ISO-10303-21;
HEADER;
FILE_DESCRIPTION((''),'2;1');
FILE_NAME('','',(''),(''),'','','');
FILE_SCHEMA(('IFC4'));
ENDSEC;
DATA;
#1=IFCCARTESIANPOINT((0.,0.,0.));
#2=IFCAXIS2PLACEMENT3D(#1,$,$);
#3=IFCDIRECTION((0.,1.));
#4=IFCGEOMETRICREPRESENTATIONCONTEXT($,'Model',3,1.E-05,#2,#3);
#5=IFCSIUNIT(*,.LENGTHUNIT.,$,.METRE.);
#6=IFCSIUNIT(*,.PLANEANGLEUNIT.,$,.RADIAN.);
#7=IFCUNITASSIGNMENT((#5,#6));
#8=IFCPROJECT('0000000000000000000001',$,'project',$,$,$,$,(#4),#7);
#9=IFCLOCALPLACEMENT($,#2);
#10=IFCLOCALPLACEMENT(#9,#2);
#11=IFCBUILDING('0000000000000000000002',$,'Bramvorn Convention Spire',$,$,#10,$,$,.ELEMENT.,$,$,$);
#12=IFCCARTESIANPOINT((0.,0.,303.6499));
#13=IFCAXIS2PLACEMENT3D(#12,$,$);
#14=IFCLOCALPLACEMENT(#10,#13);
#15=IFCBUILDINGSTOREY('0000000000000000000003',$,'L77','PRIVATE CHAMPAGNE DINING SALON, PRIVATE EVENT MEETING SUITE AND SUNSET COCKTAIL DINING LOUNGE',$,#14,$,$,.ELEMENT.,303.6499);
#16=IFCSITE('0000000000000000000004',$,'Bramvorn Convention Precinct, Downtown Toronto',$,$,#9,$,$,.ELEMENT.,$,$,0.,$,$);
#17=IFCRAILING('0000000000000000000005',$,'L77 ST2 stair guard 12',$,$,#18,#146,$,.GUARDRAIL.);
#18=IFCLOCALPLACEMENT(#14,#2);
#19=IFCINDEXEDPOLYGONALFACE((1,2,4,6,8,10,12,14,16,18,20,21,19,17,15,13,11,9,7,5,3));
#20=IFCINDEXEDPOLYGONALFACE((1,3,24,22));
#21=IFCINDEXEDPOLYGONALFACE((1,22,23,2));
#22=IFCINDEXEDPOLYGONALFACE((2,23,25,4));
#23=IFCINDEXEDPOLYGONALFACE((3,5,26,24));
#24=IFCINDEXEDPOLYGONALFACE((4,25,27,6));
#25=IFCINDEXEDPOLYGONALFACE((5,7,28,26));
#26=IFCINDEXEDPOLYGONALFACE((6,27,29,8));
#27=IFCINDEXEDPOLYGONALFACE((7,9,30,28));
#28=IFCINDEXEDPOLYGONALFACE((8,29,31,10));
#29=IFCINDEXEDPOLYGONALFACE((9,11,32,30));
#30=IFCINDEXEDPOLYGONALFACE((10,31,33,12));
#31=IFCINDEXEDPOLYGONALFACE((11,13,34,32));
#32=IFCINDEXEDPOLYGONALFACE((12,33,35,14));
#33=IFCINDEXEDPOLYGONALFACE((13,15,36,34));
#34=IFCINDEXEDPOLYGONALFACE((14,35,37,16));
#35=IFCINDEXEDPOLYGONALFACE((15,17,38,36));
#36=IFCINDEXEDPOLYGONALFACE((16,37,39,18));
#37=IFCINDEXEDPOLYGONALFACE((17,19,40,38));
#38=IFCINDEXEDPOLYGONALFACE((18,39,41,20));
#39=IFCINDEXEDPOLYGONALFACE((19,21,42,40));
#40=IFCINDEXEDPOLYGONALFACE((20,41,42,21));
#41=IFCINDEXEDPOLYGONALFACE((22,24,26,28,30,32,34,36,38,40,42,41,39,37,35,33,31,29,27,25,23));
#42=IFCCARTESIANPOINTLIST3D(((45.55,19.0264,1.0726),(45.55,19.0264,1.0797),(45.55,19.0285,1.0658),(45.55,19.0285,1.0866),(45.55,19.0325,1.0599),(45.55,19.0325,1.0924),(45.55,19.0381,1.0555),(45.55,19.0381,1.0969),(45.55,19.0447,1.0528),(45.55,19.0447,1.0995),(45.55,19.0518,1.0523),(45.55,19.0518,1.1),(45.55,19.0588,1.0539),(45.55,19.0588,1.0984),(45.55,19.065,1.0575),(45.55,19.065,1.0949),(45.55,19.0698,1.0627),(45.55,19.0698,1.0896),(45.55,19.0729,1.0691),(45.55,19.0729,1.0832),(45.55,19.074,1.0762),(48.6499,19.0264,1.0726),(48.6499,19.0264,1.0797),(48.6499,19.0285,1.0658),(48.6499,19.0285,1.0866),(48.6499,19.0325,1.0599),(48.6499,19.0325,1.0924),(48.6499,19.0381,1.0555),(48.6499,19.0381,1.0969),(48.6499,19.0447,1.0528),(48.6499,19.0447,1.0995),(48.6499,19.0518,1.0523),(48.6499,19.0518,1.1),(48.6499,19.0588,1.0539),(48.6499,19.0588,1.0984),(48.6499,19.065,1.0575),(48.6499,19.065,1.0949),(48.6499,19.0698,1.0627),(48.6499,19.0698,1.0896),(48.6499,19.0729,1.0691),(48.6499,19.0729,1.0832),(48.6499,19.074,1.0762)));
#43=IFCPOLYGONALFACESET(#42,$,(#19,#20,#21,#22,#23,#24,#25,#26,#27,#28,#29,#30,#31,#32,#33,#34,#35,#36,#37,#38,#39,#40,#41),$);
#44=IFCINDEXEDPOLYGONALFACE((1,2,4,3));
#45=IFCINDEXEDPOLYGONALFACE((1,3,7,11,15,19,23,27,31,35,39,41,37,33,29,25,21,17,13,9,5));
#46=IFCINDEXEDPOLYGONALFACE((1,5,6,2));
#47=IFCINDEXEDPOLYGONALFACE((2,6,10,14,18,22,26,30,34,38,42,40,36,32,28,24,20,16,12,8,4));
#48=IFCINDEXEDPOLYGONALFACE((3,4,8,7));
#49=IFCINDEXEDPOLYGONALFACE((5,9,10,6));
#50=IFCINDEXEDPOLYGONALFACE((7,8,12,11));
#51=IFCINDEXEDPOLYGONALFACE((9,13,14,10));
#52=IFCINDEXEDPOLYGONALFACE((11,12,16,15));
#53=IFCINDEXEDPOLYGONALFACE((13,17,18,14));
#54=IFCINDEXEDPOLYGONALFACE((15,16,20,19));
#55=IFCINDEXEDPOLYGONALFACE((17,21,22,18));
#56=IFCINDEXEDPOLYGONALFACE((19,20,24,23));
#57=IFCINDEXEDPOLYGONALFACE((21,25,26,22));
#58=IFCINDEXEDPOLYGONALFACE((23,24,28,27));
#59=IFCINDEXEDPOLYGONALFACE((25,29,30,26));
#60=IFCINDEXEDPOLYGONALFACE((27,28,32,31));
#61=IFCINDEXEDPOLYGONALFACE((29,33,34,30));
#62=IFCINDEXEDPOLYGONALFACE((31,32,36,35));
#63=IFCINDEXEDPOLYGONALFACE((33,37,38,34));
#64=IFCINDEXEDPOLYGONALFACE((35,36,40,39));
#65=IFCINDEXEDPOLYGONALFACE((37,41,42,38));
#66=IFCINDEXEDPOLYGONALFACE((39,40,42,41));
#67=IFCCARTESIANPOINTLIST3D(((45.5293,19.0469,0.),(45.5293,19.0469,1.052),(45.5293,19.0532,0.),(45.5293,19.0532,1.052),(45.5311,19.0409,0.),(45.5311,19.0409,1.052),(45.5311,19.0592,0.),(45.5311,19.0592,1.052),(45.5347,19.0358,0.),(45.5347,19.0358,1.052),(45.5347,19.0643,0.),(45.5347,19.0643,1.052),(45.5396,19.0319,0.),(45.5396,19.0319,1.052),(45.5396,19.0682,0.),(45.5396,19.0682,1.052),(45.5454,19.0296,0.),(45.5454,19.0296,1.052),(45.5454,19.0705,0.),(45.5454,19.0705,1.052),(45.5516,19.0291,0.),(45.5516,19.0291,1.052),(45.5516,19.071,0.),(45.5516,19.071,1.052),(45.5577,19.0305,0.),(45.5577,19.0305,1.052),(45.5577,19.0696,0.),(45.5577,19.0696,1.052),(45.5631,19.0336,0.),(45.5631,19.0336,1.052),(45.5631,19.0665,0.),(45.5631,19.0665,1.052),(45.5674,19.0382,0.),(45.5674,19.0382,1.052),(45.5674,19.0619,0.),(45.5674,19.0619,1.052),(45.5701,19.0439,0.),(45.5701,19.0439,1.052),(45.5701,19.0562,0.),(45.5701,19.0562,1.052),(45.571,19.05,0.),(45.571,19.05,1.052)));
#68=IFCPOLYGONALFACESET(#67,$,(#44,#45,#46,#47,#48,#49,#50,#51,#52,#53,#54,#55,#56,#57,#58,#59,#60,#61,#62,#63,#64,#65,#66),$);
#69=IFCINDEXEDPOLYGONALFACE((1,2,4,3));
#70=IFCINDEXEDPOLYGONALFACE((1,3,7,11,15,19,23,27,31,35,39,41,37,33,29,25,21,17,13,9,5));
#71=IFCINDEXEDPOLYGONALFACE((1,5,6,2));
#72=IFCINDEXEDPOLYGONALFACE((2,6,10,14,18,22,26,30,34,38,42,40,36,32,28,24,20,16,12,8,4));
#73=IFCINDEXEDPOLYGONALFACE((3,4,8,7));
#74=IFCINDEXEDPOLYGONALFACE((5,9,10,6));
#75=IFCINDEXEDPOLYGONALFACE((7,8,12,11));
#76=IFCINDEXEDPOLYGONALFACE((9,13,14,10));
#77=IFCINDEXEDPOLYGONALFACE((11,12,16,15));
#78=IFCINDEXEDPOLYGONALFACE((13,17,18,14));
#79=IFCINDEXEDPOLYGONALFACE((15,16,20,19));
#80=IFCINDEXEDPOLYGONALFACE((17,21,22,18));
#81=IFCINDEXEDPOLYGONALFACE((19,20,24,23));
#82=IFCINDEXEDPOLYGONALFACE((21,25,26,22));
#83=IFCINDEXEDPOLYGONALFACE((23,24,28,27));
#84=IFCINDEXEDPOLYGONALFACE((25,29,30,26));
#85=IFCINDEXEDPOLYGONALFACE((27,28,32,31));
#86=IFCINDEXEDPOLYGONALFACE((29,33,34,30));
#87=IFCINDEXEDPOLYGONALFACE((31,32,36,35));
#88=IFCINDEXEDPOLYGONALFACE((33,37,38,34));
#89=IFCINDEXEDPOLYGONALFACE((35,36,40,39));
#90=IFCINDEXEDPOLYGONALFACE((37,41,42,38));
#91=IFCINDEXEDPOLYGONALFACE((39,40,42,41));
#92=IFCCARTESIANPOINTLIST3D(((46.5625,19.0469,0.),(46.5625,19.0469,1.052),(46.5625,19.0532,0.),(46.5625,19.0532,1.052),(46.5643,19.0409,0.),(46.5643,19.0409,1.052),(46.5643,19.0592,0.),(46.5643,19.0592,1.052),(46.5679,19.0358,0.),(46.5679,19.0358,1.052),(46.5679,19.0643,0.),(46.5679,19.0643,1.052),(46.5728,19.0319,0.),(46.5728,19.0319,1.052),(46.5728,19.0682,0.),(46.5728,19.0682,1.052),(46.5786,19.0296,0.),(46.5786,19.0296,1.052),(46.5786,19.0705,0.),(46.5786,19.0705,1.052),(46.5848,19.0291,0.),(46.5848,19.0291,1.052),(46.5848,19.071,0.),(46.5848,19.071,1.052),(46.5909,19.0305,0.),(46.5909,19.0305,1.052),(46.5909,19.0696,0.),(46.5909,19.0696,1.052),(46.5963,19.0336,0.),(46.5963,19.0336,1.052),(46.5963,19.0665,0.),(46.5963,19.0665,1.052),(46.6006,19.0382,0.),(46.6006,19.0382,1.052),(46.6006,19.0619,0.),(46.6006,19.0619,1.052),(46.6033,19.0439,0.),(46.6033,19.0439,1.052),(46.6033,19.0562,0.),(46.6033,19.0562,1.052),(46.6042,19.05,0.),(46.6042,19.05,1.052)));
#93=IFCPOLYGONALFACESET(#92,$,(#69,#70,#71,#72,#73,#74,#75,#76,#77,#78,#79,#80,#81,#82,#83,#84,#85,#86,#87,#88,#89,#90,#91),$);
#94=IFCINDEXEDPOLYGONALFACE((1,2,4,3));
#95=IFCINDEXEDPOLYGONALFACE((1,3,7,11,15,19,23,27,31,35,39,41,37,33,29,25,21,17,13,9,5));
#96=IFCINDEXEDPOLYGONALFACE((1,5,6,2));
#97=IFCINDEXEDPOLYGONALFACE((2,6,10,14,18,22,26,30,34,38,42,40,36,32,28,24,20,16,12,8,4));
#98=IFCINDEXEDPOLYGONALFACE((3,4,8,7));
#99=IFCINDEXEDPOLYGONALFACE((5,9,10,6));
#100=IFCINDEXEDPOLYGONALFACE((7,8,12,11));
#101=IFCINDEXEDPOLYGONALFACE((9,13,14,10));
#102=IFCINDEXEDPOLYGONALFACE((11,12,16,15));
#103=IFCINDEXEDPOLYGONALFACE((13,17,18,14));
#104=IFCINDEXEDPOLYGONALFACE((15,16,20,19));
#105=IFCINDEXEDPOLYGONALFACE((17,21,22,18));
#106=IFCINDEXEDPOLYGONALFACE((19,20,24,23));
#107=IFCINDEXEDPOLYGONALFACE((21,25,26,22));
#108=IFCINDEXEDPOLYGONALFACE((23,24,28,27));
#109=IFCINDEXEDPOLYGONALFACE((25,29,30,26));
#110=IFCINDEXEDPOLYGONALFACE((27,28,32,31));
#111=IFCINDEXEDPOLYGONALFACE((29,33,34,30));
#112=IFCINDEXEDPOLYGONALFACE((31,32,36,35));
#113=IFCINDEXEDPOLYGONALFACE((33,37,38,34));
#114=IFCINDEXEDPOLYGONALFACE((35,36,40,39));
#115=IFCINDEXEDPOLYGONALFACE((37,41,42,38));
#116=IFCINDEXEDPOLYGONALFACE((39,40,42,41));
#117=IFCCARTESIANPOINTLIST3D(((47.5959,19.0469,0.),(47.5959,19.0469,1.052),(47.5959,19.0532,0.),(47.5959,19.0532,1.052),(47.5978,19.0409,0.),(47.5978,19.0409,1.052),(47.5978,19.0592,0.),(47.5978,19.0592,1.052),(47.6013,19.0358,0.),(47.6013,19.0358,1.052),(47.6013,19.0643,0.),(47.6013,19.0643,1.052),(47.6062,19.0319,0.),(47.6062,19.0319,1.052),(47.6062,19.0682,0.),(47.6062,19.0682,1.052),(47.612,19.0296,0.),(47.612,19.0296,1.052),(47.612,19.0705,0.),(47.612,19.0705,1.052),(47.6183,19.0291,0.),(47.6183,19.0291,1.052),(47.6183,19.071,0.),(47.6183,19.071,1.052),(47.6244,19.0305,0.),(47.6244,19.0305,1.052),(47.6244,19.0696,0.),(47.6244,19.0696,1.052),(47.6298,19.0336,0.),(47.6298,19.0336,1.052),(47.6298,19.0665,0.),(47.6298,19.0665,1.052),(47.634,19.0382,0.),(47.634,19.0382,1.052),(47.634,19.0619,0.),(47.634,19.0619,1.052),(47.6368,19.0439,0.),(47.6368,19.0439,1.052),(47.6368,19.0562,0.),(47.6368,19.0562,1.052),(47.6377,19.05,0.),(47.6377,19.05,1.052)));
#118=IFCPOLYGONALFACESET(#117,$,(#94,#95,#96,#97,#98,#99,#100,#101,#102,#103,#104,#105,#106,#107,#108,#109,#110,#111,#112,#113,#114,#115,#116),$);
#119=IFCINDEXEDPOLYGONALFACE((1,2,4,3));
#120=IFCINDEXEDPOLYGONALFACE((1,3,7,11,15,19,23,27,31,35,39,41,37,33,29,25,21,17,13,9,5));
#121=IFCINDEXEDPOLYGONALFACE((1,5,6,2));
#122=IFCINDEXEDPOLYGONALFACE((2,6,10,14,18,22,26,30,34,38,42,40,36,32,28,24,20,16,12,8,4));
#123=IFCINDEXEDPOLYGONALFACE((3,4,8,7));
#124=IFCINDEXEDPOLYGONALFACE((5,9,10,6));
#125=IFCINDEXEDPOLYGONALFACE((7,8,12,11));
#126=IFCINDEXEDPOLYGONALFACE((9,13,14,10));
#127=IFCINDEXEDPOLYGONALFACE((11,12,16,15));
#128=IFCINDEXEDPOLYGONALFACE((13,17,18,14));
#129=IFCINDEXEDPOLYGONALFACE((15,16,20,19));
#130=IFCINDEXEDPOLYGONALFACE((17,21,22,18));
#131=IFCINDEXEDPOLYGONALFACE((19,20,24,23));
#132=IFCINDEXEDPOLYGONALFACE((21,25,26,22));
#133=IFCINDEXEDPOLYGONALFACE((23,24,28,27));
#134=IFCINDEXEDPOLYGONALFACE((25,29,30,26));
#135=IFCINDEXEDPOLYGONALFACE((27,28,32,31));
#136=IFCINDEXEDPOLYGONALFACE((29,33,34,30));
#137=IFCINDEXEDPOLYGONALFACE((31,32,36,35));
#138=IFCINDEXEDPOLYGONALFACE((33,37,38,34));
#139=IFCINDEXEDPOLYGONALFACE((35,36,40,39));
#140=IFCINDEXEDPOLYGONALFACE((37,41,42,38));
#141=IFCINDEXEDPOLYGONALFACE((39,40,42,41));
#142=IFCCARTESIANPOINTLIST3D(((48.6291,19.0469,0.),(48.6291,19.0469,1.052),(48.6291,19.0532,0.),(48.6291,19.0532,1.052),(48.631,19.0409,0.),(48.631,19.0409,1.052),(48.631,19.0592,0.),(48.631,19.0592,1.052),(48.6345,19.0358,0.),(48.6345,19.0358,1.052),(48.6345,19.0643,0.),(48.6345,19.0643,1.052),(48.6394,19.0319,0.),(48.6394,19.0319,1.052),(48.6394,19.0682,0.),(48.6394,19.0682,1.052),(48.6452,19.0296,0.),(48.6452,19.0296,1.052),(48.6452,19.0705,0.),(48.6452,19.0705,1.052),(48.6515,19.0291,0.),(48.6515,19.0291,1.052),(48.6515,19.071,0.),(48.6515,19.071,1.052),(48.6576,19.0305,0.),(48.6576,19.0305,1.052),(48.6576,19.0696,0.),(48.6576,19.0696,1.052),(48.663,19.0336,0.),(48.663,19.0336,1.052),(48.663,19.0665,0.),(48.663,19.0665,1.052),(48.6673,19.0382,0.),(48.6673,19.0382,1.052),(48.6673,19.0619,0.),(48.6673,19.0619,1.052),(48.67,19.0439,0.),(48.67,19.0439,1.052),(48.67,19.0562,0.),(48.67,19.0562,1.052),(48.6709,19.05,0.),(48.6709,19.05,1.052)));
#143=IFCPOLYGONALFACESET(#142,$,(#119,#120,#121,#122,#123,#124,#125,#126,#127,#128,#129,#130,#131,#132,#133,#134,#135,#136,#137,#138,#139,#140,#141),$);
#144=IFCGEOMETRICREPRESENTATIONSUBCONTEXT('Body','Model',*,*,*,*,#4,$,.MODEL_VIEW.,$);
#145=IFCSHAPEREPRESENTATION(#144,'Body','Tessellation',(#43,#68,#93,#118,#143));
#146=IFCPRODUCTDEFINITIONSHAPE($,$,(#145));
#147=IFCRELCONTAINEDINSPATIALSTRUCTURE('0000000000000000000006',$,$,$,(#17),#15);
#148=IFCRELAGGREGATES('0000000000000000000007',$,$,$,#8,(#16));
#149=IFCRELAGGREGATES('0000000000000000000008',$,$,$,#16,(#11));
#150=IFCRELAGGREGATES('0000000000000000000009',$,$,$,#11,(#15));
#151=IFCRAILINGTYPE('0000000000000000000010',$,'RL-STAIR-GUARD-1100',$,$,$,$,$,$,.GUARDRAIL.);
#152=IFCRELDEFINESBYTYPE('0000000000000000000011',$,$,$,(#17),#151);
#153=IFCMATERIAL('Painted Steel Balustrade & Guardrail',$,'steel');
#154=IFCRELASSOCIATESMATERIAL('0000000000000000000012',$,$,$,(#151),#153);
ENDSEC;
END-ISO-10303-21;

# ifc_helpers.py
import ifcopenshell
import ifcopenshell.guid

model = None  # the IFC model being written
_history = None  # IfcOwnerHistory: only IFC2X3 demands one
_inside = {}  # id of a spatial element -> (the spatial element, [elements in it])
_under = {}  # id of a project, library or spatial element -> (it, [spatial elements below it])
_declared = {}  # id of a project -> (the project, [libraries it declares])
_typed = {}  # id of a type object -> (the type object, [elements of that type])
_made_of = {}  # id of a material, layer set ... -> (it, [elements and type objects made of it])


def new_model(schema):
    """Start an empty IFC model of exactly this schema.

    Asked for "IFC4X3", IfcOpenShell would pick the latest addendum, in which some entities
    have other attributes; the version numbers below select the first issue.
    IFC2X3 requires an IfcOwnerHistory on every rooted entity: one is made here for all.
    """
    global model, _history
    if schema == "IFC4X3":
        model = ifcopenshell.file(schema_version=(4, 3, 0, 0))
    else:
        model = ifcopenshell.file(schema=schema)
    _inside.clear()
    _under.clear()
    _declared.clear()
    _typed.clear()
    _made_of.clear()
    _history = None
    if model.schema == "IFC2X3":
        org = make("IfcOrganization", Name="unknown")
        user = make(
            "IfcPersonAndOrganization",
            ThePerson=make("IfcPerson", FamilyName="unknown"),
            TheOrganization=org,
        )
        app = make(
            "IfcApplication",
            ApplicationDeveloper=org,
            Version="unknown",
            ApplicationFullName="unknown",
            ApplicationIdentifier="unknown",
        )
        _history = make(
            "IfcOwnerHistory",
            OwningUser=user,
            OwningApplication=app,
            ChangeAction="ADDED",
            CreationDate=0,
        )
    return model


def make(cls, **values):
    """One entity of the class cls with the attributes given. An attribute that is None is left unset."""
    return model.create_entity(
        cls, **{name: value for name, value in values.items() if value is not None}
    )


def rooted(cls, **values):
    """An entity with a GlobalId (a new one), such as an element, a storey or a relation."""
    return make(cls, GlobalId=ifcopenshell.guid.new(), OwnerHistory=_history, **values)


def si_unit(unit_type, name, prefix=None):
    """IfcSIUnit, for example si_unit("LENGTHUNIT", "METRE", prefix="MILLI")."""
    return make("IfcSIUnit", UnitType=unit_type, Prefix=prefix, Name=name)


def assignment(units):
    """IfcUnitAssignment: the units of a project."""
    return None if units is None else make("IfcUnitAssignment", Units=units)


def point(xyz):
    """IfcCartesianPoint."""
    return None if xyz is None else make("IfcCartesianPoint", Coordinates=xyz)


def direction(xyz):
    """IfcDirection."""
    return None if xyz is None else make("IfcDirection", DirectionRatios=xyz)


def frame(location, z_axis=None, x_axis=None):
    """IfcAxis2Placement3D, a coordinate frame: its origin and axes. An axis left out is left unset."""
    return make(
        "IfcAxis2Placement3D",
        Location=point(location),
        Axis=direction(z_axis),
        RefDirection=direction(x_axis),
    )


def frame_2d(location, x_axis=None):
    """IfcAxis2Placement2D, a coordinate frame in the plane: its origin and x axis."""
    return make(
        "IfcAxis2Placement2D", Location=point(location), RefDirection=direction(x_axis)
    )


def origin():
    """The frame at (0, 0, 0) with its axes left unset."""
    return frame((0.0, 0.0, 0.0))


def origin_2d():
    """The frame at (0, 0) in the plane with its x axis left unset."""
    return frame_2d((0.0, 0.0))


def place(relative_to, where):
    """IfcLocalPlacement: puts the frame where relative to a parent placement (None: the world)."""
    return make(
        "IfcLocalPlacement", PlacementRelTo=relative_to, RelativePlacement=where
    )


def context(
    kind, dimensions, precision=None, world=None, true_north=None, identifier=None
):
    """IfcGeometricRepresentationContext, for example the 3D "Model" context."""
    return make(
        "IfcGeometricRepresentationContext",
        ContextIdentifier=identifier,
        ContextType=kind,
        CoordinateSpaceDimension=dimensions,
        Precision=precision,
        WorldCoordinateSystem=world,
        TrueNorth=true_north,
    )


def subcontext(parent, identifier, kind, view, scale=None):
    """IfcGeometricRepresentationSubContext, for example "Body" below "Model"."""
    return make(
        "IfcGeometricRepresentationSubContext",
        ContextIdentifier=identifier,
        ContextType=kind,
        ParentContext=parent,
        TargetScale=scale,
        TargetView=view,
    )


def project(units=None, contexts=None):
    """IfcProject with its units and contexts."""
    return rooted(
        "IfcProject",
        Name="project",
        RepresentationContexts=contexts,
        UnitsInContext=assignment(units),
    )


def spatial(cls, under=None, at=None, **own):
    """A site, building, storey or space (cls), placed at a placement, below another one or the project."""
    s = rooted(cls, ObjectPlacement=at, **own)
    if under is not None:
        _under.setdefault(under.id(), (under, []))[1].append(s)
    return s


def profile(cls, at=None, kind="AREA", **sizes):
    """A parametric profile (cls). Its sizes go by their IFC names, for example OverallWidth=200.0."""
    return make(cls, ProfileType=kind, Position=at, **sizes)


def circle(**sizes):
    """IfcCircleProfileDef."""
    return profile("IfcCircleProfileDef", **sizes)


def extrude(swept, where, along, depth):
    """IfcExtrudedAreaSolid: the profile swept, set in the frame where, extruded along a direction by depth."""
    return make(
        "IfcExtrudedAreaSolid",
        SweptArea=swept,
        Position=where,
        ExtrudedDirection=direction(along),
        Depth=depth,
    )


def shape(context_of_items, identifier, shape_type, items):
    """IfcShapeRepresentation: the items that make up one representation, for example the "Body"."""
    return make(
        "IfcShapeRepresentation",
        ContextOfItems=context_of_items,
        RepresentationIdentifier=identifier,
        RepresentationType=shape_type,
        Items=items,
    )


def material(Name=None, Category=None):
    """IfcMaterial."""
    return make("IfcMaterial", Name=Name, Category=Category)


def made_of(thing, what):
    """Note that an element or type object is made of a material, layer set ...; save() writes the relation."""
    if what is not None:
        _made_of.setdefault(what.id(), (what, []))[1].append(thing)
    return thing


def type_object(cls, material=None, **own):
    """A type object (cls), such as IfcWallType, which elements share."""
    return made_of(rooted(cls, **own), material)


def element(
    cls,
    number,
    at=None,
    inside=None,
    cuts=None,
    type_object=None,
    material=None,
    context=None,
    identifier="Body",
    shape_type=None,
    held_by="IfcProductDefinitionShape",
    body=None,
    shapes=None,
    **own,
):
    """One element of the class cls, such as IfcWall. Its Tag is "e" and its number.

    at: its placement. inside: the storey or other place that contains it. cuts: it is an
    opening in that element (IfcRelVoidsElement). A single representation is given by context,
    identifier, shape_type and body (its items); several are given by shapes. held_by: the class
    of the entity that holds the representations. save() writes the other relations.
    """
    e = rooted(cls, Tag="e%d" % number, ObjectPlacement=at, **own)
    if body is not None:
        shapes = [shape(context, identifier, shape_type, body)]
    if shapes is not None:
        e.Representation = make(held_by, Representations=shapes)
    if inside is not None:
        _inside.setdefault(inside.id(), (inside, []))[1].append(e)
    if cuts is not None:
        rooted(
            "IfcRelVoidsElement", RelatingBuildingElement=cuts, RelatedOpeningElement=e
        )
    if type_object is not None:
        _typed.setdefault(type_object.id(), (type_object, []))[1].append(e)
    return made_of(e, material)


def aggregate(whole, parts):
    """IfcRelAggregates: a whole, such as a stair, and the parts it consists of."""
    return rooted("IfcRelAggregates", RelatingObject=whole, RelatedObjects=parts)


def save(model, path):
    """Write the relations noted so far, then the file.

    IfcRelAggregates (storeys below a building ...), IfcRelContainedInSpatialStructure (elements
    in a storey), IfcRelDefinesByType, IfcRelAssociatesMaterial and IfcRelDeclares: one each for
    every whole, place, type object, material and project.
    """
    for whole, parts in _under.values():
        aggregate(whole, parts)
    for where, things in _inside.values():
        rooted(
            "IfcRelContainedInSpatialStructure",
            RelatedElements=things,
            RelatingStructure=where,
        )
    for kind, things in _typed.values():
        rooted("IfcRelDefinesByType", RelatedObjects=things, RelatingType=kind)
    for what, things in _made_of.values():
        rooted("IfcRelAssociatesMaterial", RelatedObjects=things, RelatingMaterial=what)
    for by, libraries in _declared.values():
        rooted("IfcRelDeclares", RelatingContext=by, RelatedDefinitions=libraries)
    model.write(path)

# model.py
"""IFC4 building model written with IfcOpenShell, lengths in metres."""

from ifc_helpers import new_model, si_unit, direction, frame, origin, origin_2d, place, context, subcontext, project, spatial, circle, extrude, material, type_object, element, save


model = new_model("IFC4")

# Units and contexts
model_context = context("Model", 3, precision=1e-05, world=origin(), true_north=direction((0.0, 1.0)))
body_context = subcontext(model_context, "Body", "Model", "MODEL_VIEW")
ifc_project = project(units=[si_unit("LENGTHUNIT", "METRE"), si_unit("PLANEANGLEUNIT", "RADIAN")], contexts=[model_context])

# Site, building, storey
site_placement = place(None, origin())
site = spatial("IfcSite", under=ifc_project, at=site_placement, Name="Bramvorn Convention Precinct, Downtown Toronto", CompositionType="ELEMENT", RefElevation=0.0)
building_placement = place(site_placement, origin())
building = spatial("IfcBuilding", under=site, at=building_placement, Name="Bramvorn Convention Spire", CompositionType="ELEMENT")
storey_placement = place(building_placement, frame((0.0, 0.0, 303.6499)))
storey = spatial("IfcBuildingStorey", under=building, at=storey_placement, Name="L77", Description="PRIVATE CHAMPAGNE DINING SALON, PRIVATE EVENT MEETING SUITE AND SUNSET COCKTAIL DINING LOUNGE", CompositionType="ELEMENT", Elevation=303.6499)

# Railing
ifc_material_1 = material(Name="Painted Steel Balustrade & Guardrail", Category="steel")
railing_type = type_object("IfcRailingType", Name="RL-STAIR-GUARD-1100", PredefinedType="GUARDRAIL", material=ifc_material_1)
railing_1_placement = place(storey_placement, frame((45.55, 19.05, 0.0)))
element("IfcRailing", 1, at=railing_1_placement, inside=storey, type_object=railing_type, Name="L77 ST2 stair guard 12", PredefinedType="GUARDRAIL", context=body_context, shape_type="SweptSolid", body=[
    extrude(circle(Radius=0.0239, at=origin_2d()), frame((0.0, 0.0, 1.0762), z_axis=(1.0, 0.0, 0.0), x_axis=(0.0, 1.0, 0.0)), (0.0, 0.0, 1.0), 3.0999),
    extrude(circle(Radius=0.021, at=origin_2d()), origin(), (0.0, 0.0, 1.0), 1.052),
    extrude(circle(Radius=0.021, at=origin_2d()), frame((1.0332, 0.0, 0.0)), (0.0, 0.0, 1.0), 1.052),
    extrude(circle(Radius=0.021, at=origin_2d()), frame((2.0667, 0.0, 0.0)), (0.0, 0.0, 1.0), 1.052),
    extrude(circle(Radius=0.021, at=origin_2d()), frame((3.0999, 0.0, 0.0)), (0.0, 0.0, 1.0), 1.052),
])

save(model, "model.ifc")
